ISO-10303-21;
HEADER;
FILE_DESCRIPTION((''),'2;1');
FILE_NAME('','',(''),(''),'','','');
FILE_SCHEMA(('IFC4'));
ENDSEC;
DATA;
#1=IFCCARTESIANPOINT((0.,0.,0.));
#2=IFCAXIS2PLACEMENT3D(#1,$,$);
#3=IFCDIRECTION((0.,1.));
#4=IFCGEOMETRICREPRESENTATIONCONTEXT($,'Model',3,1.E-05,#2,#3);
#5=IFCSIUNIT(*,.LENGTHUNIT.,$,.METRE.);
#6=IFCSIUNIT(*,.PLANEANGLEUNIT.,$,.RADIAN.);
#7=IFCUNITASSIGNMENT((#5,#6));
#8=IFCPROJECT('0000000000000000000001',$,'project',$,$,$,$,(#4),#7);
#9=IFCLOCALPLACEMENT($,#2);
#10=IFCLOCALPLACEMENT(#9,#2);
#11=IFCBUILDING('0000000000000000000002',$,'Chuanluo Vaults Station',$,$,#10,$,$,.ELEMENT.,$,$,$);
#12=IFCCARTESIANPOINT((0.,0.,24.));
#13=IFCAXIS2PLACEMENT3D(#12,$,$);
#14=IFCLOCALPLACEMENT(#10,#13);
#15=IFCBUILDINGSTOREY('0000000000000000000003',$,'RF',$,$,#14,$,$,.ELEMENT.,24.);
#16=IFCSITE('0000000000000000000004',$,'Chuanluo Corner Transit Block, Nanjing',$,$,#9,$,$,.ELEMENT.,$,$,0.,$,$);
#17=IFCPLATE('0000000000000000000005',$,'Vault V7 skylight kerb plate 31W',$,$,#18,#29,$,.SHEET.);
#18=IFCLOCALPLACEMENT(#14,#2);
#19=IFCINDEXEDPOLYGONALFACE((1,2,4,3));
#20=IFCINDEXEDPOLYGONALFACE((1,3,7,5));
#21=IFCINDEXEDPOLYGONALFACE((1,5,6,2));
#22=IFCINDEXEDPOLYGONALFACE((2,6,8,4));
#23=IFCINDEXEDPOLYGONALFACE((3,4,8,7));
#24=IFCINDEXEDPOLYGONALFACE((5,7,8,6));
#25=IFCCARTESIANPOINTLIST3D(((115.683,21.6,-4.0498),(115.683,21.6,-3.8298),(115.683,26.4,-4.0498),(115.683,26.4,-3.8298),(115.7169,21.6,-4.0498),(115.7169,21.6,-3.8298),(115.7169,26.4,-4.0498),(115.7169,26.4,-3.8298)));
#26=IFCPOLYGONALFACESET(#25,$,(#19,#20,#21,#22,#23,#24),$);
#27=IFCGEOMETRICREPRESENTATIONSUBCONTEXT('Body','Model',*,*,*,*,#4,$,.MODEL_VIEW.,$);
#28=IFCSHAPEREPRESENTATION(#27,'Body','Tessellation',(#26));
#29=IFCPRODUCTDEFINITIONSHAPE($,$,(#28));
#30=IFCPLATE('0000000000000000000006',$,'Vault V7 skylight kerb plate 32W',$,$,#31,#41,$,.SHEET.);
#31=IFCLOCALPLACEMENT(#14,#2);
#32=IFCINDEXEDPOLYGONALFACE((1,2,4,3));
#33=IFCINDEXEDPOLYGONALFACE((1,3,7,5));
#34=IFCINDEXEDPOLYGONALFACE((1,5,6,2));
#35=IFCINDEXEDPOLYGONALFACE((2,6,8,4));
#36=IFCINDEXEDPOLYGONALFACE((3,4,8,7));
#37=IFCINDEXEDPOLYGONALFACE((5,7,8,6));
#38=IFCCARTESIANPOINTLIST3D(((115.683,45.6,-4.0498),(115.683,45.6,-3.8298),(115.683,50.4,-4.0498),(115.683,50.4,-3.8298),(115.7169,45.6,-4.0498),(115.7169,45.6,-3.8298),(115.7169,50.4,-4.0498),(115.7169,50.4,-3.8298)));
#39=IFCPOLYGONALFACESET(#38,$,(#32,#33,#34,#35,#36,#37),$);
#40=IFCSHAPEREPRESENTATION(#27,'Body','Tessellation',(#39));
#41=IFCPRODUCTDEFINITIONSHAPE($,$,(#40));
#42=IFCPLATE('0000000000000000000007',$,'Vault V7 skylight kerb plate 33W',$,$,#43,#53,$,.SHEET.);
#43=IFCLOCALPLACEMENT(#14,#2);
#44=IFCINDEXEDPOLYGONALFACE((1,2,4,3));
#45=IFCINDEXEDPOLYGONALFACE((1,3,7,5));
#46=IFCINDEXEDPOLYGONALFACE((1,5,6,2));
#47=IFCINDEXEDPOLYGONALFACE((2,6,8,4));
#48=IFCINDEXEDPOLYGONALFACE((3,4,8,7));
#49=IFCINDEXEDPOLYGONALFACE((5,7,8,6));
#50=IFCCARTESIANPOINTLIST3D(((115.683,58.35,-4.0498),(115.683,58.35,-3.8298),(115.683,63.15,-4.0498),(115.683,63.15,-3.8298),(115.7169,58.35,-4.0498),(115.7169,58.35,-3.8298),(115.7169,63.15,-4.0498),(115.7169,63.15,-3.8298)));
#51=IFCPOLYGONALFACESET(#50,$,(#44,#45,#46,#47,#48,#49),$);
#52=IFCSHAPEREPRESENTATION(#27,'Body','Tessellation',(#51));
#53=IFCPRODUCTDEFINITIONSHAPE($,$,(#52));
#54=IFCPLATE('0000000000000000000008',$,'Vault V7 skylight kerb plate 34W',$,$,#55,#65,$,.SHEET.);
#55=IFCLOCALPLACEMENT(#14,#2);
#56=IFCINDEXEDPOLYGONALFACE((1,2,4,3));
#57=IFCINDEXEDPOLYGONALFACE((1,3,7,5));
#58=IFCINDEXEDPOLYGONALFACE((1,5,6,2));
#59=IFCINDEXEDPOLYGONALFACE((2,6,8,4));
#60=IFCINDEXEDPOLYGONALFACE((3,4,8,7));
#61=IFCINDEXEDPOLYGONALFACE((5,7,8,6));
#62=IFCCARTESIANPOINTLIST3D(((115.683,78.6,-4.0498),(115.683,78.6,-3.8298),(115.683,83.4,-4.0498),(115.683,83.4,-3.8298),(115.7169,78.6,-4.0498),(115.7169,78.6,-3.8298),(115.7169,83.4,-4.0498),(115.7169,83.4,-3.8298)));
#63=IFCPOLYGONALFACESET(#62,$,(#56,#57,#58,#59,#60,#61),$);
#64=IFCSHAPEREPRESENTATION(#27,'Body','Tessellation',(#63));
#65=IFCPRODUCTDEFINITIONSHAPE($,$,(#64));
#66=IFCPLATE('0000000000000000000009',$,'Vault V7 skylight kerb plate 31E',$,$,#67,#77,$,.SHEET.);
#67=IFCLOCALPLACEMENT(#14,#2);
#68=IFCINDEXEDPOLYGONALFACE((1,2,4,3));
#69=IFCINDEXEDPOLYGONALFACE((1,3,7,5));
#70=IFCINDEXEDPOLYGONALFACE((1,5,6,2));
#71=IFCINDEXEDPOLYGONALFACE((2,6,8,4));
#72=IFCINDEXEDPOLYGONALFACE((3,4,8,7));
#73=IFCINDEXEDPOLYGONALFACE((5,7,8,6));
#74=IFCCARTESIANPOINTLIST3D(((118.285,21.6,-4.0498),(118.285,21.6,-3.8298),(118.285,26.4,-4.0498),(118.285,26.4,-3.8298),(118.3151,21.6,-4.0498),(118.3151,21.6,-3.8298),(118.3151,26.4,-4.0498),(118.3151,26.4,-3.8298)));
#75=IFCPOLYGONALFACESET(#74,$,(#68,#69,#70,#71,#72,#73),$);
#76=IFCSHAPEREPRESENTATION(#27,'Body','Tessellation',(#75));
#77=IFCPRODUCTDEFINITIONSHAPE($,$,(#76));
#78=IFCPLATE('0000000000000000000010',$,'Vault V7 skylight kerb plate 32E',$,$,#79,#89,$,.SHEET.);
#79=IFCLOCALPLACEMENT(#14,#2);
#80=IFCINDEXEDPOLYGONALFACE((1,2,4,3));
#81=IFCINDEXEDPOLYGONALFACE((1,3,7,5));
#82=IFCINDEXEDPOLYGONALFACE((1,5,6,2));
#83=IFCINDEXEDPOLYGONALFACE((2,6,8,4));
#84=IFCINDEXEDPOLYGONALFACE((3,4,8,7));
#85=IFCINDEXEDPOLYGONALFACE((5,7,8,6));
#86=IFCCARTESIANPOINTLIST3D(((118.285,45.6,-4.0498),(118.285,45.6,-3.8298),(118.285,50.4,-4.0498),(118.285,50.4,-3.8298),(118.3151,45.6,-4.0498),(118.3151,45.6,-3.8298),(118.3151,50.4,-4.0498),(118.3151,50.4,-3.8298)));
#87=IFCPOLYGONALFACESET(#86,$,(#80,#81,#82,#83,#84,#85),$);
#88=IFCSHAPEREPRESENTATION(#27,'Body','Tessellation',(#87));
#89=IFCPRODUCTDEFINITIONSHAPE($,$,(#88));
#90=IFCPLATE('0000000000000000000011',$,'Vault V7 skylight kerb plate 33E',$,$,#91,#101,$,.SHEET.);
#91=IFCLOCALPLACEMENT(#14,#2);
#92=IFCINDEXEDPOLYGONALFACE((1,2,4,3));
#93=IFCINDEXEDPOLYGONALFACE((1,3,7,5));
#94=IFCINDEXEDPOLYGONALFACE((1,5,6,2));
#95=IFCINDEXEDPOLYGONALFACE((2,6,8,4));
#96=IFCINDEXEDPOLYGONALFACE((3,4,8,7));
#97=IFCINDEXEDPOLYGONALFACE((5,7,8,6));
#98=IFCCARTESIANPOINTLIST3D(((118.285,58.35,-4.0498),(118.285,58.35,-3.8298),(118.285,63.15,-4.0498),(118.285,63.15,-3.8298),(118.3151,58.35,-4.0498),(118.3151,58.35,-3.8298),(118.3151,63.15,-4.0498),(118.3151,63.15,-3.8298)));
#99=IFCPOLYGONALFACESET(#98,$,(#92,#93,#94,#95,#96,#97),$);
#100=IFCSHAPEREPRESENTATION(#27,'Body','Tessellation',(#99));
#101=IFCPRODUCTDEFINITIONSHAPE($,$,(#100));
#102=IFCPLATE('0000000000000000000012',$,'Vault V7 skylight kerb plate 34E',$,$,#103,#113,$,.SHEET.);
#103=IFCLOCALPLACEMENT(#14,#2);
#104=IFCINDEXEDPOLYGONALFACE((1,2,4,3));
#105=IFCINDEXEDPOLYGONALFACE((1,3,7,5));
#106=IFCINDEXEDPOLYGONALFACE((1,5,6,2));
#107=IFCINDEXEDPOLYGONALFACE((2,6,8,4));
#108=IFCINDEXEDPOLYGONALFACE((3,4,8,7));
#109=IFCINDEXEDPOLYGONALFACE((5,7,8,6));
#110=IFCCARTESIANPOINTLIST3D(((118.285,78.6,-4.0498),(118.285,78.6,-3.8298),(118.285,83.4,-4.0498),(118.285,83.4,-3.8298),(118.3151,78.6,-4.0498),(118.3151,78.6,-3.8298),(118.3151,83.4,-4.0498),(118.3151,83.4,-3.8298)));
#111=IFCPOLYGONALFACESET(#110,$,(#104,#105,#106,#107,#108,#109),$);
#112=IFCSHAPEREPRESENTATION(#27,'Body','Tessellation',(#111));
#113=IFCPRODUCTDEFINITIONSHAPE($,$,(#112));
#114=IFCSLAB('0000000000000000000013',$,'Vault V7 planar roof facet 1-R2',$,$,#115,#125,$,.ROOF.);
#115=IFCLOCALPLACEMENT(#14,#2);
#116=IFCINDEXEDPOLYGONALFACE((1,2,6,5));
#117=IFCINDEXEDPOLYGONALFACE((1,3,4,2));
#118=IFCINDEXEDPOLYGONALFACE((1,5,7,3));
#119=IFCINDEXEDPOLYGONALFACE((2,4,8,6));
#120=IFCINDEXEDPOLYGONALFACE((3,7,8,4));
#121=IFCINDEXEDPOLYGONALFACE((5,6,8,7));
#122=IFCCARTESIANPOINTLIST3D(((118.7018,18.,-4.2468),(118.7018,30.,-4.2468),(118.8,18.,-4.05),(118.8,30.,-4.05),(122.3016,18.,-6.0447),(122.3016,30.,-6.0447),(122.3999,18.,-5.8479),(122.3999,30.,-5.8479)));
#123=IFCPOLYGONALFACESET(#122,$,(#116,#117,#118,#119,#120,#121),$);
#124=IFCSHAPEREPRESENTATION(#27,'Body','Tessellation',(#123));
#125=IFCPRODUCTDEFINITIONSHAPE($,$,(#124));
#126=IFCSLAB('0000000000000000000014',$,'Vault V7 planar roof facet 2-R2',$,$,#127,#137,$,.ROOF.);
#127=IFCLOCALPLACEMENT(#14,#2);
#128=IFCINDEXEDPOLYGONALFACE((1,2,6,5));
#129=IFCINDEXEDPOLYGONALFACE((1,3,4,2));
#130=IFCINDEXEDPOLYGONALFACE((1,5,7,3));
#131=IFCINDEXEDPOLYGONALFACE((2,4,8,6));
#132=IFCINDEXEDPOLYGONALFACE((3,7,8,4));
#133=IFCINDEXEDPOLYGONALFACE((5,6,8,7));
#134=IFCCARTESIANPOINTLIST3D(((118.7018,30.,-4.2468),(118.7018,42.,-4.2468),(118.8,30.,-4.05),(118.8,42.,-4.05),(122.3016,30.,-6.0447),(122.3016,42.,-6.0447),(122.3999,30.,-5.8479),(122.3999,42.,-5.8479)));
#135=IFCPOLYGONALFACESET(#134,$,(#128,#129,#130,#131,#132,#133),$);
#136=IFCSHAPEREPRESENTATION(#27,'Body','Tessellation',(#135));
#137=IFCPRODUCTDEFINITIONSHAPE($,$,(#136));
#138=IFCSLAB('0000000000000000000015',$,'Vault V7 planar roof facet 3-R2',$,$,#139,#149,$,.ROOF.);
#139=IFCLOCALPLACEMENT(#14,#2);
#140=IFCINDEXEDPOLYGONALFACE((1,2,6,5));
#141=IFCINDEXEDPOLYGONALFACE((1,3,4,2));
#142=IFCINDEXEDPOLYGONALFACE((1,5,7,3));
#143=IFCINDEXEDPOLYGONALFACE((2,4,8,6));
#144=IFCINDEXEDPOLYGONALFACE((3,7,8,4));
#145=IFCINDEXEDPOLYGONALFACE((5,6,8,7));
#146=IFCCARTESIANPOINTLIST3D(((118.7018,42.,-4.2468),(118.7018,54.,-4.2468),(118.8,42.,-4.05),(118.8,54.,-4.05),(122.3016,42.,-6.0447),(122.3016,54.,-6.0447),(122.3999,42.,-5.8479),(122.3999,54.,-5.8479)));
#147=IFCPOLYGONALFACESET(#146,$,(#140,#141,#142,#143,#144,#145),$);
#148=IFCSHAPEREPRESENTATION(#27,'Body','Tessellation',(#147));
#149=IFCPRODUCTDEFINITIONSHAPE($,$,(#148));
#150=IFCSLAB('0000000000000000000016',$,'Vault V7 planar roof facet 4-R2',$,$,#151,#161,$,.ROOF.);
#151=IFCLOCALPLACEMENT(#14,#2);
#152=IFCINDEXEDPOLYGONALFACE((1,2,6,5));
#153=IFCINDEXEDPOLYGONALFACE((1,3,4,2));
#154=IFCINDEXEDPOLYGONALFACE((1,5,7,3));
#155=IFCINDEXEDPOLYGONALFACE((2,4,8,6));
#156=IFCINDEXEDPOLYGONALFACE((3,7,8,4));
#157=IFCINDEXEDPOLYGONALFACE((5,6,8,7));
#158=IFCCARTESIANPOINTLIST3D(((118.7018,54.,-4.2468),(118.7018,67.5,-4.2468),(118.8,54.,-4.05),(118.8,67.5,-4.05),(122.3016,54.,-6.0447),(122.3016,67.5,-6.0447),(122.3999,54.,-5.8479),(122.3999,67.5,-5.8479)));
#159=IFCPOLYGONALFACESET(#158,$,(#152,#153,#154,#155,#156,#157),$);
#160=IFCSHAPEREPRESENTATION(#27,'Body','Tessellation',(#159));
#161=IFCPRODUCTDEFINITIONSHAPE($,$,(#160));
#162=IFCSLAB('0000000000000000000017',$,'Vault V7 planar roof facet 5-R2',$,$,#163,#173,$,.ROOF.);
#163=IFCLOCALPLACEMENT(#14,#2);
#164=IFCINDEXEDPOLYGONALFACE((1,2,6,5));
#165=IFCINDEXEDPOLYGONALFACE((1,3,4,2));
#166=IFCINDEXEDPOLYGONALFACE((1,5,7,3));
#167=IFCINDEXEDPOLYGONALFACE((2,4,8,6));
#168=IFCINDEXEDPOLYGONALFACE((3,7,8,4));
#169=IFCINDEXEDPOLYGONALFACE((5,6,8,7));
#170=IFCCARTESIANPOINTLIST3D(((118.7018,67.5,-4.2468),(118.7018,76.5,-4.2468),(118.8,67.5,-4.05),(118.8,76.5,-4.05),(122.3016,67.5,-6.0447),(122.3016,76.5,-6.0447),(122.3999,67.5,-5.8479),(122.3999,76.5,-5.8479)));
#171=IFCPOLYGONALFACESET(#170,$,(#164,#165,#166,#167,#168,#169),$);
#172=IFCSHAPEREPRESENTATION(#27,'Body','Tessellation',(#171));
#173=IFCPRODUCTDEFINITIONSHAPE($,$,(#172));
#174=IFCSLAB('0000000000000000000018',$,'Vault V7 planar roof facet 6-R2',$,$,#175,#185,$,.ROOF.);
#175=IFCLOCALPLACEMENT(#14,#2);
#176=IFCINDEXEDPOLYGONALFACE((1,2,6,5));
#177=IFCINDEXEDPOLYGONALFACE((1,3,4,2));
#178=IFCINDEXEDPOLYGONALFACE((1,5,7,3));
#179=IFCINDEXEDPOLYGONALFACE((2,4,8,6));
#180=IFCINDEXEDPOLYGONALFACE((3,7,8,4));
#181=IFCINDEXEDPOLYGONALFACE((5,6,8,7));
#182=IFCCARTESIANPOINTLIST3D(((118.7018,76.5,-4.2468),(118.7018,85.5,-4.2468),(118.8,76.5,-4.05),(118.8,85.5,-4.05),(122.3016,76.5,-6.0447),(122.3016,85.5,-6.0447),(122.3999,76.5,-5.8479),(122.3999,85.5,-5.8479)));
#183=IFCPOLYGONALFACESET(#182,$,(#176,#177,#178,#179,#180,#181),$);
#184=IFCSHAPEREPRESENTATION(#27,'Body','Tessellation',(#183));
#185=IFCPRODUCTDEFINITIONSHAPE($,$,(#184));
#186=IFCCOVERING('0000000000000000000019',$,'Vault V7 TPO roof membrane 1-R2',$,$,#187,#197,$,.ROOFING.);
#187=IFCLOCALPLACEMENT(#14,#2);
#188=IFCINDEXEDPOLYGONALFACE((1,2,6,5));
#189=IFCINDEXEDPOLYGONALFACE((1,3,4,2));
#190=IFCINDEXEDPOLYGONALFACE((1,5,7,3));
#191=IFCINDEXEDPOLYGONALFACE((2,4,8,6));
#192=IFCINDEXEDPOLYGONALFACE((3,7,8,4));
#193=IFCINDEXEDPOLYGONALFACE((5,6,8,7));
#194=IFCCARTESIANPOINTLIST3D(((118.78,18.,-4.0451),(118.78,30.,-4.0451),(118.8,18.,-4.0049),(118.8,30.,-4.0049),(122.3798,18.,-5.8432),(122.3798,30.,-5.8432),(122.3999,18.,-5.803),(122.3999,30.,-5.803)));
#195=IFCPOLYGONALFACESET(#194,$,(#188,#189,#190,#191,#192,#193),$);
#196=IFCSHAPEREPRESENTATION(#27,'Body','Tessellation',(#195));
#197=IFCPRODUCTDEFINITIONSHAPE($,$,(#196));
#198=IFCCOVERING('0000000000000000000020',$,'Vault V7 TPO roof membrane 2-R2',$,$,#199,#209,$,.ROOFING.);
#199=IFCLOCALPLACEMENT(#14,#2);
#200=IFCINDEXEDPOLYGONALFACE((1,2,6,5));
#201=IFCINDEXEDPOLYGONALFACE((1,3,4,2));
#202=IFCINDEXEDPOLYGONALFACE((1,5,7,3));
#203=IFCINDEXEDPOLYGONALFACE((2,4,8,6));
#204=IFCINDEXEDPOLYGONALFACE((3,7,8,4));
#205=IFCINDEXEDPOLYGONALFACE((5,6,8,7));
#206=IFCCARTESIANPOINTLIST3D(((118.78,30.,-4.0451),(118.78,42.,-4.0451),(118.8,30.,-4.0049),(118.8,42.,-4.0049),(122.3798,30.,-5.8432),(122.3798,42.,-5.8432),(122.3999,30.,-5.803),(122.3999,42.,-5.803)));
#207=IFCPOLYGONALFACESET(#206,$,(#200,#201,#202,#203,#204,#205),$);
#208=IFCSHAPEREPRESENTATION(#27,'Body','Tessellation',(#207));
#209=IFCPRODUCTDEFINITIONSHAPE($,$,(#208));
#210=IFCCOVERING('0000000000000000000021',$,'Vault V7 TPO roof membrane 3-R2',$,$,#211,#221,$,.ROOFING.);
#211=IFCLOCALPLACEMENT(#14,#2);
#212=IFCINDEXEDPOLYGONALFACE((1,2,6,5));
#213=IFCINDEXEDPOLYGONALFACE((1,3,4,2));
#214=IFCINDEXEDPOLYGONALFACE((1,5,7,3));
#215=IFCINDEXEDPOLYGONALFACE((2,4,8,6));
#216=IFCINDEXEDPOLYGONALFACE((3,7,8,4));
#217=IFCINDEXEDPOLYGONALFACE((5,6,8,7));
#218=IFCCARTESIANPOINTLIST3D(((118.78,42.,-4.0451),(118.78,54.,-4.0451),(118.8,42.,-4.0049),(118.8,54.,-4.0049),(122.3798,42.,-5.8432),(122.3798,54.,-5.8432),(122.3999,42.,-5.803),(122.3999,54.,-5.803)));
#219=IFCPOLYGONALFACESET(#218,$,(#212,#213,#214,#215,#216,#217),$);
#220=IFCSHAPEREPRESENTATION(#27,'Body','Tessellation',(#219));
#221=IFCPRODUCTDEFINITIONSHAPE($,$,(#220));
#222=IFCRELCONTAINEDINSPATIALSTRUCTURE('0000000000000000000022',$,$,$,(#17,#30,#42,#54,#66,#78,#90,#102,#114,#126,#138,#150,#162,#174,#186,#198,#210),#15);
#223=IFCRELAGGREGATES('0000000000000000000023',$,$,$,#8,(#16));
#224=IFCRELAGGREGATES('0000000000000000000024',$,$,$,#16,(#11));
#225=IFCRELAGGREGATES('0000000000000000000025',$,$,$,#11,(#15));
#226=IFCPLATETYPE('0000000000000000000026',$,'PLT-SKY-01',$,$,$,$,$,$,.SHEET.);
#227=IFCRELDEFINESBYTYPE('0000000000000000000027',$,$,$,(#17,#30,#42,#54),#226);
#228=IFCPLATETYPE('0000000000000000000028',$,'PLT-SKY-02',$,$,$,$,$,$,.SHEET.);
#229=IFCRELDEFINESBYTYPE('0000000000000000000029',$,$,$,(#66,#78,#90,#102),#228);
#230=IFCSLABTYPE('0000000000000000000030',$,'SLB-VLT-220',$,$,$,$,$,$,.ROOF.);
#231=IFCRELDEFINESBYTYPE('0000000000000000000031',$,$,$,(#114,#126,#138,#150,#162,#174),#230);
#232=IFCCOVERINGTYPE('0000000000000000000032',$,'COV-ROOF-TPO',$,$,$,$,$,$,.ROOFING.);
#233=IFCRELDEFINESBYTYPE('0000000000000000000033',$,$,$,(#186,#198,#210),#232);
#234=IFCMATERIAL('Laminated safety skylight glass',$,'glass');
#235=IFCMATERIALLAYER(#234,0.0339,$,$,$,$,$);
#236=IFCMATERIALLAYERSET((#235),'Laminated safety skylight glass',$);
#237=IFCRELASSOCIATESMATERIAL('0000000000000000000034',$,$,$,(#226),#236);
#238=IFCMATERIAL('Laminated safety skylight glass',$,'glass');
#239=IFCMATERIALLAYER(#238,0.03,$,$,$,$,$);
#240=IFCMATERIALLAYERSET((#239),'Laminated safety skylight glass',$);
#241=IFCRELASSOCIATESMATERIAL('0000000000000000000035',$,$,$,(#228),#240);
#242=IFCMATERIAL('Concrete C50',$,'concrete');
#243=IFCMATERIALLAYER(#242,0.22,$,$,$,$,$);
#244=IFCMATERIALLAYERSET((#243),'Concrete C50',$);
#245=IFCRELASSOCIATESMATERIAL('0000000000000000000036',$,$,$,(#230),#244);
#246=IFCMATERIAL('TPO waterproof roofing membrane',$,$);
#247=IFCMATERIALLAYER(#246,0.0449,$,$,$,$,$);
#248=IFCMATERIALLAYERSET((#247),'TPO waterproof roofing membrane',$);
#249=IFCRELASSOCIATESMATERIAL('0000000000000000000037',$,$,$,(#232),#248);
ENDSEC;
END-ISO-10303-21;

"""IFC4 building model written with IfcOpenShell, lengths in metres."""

from ifc_helpers import new_model, si_unit, direction, frame, origin, origin_2d, place, context, subcontext, project, spatial, polyline, rectangle, outline, extrude, material, layer, layer_set, type_object, element, save


model = new_model("IFC4")

# Units and contexts
model_context = context("Model", 3, precision=1e-05, world=origin(), true_north=direction((0.0, 1.0)))
body_context = subcontext(model_context, "Body", "Model", "MODEL_VIEW")
ifc_project = project(units=[si_unit("LENGTHUNIT", "METRE"), si_unit("PLANEANGLEUNIT", "RADIAN")], contexts=[model_context])

# Site, building, storey
site_placement = place(None, origin())
site = spatial("IfcSite", under=ifc_project, at=site_placement, Name="Chuanluo Corner Transit Block, Nanjing", CompositionType="ELEMENT", RefElevation=0.0)
building_placement = place(site_placement, origin())
building = spatial("IfcBuilding", under=site, at=building_placement, Name="Chuanluo Vaults Station", CompositionType="ELEMENT")
storey_placement = place(building_placement, frame((0.0, 0.0, 24.0)))
storey = spatial("IfcBuildingStorey", under=building, at=storey_placement, Name="RF", CompositionType="ELEMENT", Elevation=24.0)

# Plates
ifc_material_1 = material(Name="Laminated safety skylight glass", Category="glass")
ifc_layer_1 = layer(ifc_material_1, 0.0339)
ifc_layer_set_1 = layer_set([ifc_layer_1], Name="Laminated safety skylight glass")
plate_type_1 = type_object("IfcPlateType", Name="PLT-SKY-01", PredefinedType="SHEET", material=ifc_layer_set_1)
for number, where, z_axis, x_axis, name in (
    (1, (115.7, 24.0, -4.0498), (0.0, 0.0, 1.0), (1.0, 0.0, 0.0), "Vault V7 skylight kerb plate 31W"),
    (2, (115.7, 48.0, -4.0498), (0.0, 0.0, 1.0), (1.0, 0.0, 0.0), "Vault V7 skylight kerb plate 32W"),
    (3, (115.7, 60.75, -4.0498), (0.0, 0.0, 1.0), (1.0, 0.0, 0.0), "Vault V7 skylight kerb plate 33W"),
    (4, (115.7, 81.0, -4.0498), (0.0, 0.0, 1.0), (1.0, 0.0, 0.0), "Vault V7 skylight kerb plate 34W"),
):
    element("IfcPlate", number, at=place(storey_placement, frame(where, z_axis=z_axis, x_axis=x_axis)), inside=storey, type_object=plate_type_1, Name=name, PredefinedType="SHEET", context=body_context, shape_type="SweptSolid", body=[
        extrude(rectangle(XDim=0.0339, YDim=4.8, at=origin_2d()), origin(), (0.0, 0.0, 1.0), 0.22),
    ])
ifc_material_2 = material(Name="Laminated safety skylight glass", Category="glass")
ifc_layer_2 = layer(ifc_material_2, 0.03)
ifc_layer_set_2 = layer_set([ifc_layer_2], Name="Laminated safety skylight glass")
plate_type_2 = type_object("IfcPlateType", Name="PLT-SKY-02", PredefinedType="SHEET", material=ifc_layer_set_2)
for number, where, z_axis, x_axis, name in (
    (5, (118.3, 24.0, -4.0498), (0.0, 0.0, 1.0), (1.0, 0.0, 0.0), "Vault V7 skylight kerb plate 31E"),
    (6, (118.3, 48.0, -4.0498), (0.0, 0.0, 1.0), (1.0, 0.0, 0.0), "Vault V7 skylight kerb plate 32E"),
    (7, (118.3, 60.75, -4.0498), (0.0, 0.0, 1.0), (1.0, 0.0, 0.0), "Vault V7 skylight kerb plate 33E"),
    (8, (118.3, 81.0, -4.0498), (0.0, 0.0, 1.0), (1.0, 0.0, 0.0), "Vault V7 skylight kerb plate 34E"),
):
    element("IfcPlate", number, at=place(storey_placement, frame(where, z_axis=z_axis, x_axis=x_axis)), inside=storey, type_object=plate_type_2, Name=name, PredefinedType="SHEET", context=body_context, shape_type="SweptSolid", body=[
        extrude(rectangle(XDim=0.03, YDim=4.8, at=origin_2d()), origin(), (0.0, 0.0, 1.0), 0.22),
    ])

# Slabs
ifc_material_3 = material(Name="Concrete C50", Category="concrete")
ifc_layer_3 = layer(ifc_material_3, 0.22)
ifc_layer_set_3 = layer_set([ifc_layer_3], Name="Concrete C50")
slab_type = type_object("IfcSlabType", Name="SLB-VLT-220", PredefinedType="ROOF", material=ifc_layer_set_3)
for number, where, z_axis, x_axis, name in (
    (9, (118.8, 18.0, -4.05), (0.446801, 0.0, 0.894633), (0.894633, 0.0, -0.446801), "Vault V7 planar roof facet 1-R2"),
    (10, (118.8, 30.0, -4.05), (0.446801, 0.0, 0.894633), (0.894633, 0.0, -0.446801), "Vault V7 planar roof facet 2-R2"),
    (11, (118.8, 42.0, -4.05), (0.446801, 0.0, 0.894633), (0.894633, 0.0, -0.446801), "Vault V7 planar roof facet 3-R2"),
):
    element("IfcSlab", number, at=place(storey_placement, frame(where, z_axis=z_axis, x_axis=x_axis)), inside=storey, type_object=slab_type, Name=name, PredefinedType="ROOF", context=body_context, shape_type="SweptSolid", body=[
        extrude(outline(polyline([(0.0, 0.0), (4.0238, 0.0), (4.0238, 12.0), (0.0, 12.0), (0.0, 0.0)])), origin(), (0.0, 0.0, -1.0), 0.22),
    ])
slab_placement = place(storey_placement, frame((118.8, 54.0, -4.05), z_axis=(0.446801, 0.0, 0.894633), x_axis=(0.894633, 0.0, -0.446801)))
element("IfcSlab", 12, at=slab_placement, inside=storey, type_object=slab_type, Name="Vault V7 planar roof facet 4-R2", PredefinedType="ROOF", context=body_context, shape_type="SweptSolid", body=[
    extrude(outline(polyline([(0.0, 0.0), (4.0238, 0.0), (4.0238, 13.5), (0.0, 13.5), (0.0, 0.0)])), origin(), (0.0, 0.0, -1.0), 0.22),
])
for number, where, z_axis, x_axis, name in (
    (13, (118.8, 67.5, -4.05), (0.446801, 0.0, 0.894633), (0.894633, 0.0, -0.446801), "Vault V7 planar roof facet 5-R2"),
    (14, (118.8, 76.5, -4.05), (0.446801, 0.0, 0.894633), (0.894633, 0.0, -0.446801), "Vault V7 planar roof facet 6-R2"),
):
    element("IfcSlab", number, at=place(storey_placement, frame(where, z_axis=z_axis, x_axis=x_axis)), inside=storey, type_object=slab_type, Name=name, PredefinedType="ROOF", context=body_context, shape_type="SweptSolid", body=[
        extrude(outline(polyline([(0.0, 0.0), (4.0238, 0.0), (4.0238, 9.0), (0.0, 9.0), (0.0, 0.0)])), origin(), (0.0, 0.0, -1.0), 0.22),
    ])

# Coverings
ifc_material_4 = material(Name="TPO waterproof roofing membrane")
ifc_layer_4 = layer(ifc_material_4, 0.0449)
ifc_layer_set_4 = layer_set([ifc_layer_4], Name="TPO waterproof roofing membrane")
covering_type = type_object("IfcCoveringType", Name="COV-ROOF-TPO", PredefinedType="ROOFING", material=ifc_layer_set_4)
for number, where, z_axis, x_axis, name in (
    (15, (118.8, 18.0, -4.0049), (0.44685, 0.0, 0.894609), (0.894609, 0.0, -0.44685), "Vault V7 TPO roof membrane 1-R2"),
    (16, (118.8, 30.0, -4.0049), (0.44685, 0.0, 0.894609), (0.894609, 0.0, -0.44685), "Vault V7 TPO roof membrane 2-R2"),
    (17, (118.8, 42.0, -4.0049), (0.44685, 0.0, 0.894609), (0.894609, 0.0, -0.44685), "Vault V7 TPO roof membrane 3-R2"),
):
    element("IfcCovering", number, at=place(storey_placement, frame(where, z_axis=z_axis, x_axis=x_axis)), inside=storey, type_object=covering_type, Name=name, PredefinedType="ROOFING", context=body_context, shape_type="SweptSolid", body=[
        extrude(outline(polyline([(0.0, 0.0), (4.0239, 0.0), (4.0239, 12.0), (0.0, 12.0), (0.0, 0.0)])), origin(), (0.0, 0.0, -1.0), 0.0449),
    ])

save(model, "model.ifc")
